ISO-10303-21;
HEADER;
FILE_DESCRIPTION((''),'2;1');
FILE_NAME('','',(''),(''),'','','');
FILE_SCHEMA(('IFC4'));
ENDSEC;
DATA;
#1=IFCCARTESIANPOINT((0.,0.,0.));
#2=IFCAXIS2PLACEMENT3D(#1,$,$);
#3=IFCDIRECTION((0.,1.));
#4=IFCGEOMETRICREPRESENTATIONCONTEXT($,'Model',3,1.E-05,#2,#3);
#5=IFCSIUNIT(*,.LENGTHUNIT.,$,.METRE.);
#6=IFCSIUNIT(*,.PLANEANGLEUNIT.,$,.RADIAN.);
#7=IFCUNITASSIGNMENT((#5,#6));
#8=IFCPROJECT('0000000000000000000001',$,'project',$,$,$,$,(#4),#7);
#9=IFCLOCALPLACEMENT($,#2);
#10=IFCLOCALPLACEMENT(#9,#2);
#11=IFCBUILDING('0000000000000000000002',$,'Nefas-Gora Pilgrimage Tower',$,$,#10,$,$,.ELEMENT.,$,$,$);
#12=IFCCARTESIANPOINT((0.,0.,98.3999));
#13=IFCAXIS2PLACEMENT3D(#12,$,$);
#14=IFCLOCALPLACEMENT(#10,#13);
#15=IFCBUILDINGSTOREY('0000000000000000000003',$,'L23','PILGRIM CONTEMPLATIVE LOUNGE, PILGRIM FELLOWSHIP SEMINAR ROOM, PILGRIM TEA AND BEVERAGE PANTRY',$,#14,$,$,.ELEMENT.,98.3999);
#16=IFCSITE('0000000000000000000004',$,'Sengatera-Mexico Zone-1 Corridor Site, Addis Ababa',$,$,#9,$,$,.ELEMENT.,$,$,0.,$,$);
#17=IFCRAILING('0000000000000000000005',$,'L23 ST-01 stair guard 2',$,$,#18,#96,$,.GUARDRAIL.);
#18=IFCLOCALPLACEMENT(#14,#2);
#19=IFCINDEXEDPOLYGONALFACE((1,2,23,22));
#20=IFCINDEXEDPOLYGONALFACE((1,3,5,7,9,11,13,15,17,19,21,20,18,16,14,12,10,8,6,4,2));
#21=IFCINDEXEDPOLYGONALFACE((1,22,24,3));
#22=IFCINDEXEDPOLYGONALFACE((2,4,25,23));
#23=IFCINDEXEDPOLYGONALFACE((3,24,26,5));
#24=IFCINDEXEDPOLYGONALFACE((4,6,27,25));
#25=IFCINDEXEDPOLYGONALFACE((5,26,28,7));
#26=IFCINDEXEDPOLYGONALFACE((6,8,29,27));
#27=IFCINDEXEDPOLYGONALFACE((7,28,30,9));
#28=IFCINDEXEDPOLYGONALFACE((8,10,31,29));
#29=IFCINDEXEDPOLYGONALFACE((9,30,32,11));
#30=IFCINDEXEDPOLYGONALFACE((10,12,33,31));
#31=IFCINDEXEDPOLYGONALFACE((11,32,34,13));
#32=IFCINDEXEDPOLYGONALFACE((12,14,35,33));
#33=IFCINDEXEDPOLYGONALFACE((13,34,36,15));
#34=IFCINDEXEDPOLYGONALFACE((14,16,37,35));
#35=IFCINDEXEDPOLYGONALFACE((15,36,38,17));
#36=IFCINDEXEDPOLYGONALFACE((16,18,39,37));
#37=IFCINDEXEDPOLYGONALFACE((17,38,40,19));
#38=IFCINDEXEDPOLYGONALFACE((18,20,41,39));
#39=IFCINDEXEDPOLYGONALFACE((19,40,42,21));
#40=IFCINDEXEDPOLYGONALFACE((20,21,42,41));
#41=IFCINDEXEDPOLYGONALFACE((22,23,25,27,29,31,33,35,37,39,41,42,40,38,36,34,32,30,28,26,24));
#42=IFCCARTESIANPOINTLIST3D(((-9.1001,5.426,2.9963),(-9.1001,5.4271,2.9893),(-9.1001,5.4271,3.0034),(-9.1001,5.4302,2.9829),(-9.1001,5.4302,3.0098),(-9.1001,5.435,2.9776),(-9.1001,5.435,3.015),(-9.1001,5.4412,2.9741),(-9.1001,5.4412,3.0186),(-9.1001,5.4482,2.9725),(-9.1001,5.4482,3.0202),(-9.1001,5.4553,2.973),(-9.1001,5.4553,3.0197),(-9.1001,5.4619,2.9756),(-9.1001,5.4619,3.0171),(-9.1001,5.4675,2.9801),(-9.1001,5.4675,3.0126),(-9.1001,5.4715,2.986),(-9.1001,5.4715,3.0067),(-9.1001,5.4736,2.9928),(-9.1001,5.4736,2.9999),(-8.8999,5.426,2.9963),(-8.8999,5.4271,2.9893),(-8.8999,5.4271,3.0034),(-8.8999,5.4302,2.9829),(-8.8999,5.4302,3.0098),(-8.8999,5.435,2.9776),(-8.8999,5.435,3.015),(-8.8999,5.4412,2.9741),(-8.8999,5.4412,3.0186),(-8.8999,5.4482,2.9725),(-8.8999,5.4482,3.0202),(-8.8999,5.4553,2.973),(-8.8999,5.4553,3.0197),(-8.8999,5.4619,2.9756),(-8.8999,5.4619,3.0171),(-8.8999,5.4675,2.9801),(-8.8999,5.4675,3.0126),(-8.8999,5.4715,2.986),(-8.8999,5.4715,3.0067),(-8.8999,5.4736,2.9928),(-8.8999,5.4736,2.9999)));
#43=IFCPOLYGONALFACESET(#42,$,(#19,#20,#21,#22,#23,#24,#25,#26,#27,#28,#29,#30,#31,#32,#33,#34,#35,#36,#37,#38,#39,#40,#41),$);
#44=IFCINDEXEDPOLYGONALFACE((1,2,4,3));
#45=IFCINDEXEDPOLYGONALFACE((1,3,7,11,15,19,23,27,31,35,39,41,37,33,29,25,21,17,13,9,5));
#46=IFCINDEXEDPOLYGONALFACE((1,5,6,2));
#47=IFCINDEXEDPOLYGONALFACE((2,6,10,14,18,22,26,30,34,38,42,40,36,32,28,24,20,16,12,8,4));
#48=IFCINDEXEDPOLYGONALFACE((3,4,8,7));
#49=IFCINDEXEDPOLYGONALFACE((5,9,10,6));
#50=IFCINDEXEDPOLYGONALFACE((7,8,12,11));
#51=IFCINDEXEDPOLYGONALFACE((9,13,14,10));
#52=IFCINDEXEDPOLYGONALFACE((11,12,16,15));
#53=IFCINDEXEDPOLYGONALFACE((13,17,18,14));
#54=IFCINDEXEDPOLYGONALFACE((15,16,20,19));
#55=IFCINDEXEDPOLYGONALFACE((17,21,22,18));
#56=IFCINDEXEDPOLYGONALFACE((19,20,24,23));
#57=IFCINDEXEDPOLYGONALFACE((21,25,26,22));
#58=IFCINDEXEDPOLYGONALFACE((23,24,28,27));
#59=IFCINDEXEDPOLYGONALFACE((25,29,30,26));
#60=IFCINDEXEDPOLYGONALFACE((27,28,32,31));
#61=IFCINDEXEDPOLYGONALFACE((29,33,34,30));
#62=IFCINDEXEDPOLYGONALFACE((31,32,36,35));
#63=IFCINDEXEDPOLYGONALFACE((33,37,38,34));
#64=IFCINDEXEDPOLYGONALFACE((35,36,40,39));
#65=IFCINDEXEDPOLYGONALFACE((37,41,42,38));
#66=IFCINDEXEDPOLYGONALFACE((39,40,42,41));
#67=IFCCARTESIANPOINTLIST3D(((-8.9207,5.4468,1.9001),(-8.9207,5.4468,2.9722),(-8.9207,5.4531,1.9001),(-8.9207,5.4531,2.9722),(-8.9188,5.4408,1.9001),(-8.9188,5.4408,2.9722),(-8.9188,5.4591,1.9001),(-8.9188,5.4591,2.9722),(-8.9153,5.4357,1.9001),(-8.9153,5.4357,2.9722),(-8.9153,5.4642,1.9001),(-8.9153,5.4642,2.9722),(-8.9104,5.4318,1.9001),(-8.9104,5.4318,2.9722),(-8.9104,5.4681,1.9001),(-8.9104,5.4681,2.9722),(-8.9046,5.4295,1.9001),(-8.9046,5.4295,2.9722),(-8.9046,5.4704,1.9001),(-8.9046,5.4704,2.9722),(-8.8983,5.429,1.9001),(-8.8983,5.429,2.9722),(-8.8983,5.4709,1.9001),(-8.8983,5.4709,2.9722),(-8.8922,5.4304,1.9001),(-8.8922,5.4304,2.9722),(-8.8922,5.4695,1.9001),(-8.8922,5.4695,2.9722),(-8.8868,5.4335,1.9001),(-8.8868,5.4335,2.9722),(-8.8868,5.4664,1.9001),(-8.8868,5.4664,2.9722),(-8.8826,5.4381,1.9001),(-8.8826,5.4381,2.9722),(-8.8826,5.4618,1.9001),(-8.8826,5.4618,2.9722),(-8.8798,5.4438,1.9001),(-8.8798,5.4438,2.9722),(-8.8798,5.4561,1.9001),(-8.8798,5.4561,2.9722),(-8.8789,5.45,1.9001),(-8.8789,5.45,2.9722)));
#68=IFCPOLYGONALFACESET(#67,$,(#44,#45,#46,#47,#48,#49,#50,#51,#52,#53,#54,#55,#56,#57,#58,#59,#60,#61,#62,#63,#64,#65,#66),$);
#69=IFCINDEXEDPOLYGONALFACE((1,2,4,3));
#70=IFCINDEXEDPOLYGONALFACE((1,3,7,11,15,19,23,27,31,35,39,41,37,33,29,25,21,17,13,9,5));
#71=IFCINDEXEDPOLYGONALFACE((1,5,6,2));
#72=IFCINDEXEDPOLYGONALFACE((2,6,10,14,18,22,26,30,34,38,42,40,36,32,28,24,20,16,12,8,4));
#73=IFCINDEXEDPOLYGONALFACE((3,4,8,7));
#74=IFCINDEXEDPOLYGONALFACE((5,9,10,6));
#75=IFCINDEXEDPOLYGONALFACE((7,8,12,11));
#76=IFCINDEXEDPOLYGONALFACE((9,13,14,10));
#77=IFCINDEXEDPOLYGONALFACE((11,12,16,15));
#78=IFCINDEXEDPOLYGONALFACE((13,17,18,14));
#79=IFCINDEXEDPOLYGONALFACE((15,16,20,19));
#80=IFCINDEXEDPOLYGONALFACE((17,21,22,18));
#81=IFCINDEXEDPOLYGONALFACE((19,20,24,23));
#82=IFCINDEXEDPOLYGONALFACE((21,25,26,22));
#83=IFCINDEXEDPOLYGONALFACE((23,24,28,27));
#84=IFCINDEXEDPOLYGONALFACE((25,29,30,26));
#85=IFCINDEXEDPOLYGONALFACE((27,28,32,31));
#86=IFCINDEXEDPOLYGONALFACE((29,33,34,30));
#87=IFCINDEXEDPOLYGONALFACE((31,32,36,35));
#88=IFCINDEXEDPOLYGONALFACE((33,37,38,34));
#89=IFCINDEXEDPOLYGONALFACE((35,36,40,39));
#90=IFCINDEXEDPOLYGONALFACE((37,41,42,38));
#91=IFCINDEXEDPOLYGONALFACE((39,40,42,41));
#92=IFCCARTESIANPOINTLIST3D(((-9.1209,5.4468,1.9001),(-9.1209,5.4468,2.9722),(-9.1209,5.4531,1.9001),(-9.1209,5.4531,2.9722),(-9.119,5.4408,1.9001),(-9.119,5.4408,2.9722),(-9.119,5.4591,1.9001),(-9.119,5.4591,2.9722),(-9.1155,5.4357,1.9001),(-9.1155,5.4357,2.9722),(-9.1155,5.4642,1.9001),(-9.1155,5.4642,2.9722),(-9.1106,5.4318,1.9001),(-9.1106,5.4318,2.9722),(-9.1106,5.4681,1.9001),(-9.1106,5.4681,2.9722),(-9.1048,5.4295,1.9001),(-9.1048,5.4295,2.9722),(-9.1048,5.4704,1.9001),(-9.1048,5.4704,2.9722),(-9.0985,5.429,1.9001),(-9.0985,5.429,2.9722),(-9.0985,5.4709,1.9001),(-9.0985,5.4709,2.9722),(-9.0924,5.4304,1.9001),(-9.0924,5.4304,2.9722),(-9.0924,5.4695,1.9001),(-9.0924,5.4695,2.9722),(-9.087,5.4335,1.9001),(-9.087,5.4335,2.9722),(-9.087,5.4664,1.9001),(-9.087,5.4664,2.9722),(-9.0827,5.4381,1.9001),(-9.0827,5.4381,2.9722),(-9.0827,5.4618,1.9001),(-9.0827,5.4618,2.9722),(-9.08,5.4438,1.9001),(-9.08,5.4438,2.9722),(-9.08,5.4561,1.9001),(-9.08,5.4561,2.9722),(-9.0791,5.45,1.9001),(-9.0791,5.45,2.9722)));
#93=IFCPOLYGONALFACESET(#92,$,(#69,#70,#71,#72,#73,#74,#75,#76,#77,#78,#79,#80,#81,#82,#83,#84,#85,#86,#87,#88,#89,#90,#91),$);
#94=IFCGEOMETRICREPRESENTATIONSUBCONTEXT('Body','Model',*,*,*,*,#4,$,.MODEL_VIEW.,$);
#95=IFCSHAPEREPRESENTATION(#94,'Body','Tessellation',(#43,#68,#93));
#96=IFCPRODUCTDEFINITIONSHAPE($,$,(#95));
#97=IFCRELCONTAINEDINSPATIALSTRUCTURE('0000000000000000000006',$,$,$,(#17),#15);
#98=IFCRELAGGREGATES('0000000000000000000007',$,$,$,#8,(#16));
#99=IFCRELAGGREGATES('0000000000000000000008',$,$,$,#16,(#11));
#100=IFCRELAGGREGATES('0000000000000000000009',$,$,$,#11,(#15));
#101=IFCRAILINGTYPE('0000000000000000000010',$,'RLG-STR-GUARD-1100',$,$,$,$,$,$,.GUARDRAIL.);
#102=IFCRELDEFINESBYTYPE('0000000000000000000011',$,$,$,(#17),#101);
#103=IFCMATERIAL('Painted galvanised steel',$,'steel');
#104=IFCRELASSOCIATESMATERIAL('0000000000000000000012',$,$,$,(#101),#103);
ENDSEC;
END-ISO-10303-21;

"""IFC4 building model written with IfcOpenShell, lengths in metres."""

from ifc_helpers import new_model, si_unit, direction, frame, origin, origin_2d, place, context, subcontext, project, spatial, circle, extrude, material, type_object, element, save


model = new_model("IFC4")

# Units and contexts
model_context = context("Model", 3, precision=1e-05, world=origin(), true_north=direction((0.0, 1.0)))
body_context = subcontext(model_context, "Body", "Model", "MODEL_VIEW")
ifc_project = project(units=[si_unit("LENGTHUNIT", "METRE"), si_unit("PLANEANGLEUNIT", "RADIAN")], contexts=[model_context])

# Site, building, storey
site_placement = place(None, origin())
site = spatial("IfcSite", under=ifc_project, at=site_placement, Name="Sengatera-Mexico Zone-1 Corridor Site, Addis Ababa", CompositionType="ELEMENT", RefElevation=0.0)
building_placement = place(site_placement, origin())
building = spatial("IfcBuilding", under=site, at=building_placement, Name="Nefas-Gora Pilgrimage Tower", CompositionType="ELEMENT")
storey_placement = place(building_placement, frame((0.0, 0.0, 98.3999)))
storey = spatial("IfcBuildingStorey", under=building, at=storey_placement, Name="L23", Description="PILGRIM CONTEMPLATIVE LOUNGE, PILGRIM FELLOWSHIP SEMINAR ROOM, PILGRIM TEA AND BEVERAGE PANTRY", CompositionType="ELEMENT", Elevation=98.3999)

# Railing
ifc_material_1 = material(Name="Painted galvanised steel", Category="steel")
railing_type_1 = type_object("IfcRailingType", Name="RLG-STR-GUARD-1100", PredefinedType="GUARDRAIL", material=ifc_material_1)
railing_1_placement = place(storey_placement, frame((-8.8999, 5.45, 1.9001)))
element("IfcRailing", 1, at=railing_1_placement, inside=storey, type_object=railing_type_1, Name="L23 ST-01 stair guard 2", PredefinedType="GUARDRAIL", context=body_context, shape_type="SweptSolid", body=[
    extrude(circle(Radius=0.0239, at=origin_2d()), frame((0.0, 0.0, 1.0962), z_axis=(-1.0, 0.0, 0.0), x_axis=(0.0, -1.0, 0.0)), (0.0, 0.0, 1.0), 0.2002),
    extrude(circle(Radius=0.021, at=origin_2d()), origin(), (0.0, 0.0, 1.0), 1.072),
    extrude(circle(Radius=0.021, at=origin_2d()), frame((-0.2002, 0.0, 0.0)), (0.0, 0.0, 1.0), 1.072),
])

save(model, "model.ifc")
